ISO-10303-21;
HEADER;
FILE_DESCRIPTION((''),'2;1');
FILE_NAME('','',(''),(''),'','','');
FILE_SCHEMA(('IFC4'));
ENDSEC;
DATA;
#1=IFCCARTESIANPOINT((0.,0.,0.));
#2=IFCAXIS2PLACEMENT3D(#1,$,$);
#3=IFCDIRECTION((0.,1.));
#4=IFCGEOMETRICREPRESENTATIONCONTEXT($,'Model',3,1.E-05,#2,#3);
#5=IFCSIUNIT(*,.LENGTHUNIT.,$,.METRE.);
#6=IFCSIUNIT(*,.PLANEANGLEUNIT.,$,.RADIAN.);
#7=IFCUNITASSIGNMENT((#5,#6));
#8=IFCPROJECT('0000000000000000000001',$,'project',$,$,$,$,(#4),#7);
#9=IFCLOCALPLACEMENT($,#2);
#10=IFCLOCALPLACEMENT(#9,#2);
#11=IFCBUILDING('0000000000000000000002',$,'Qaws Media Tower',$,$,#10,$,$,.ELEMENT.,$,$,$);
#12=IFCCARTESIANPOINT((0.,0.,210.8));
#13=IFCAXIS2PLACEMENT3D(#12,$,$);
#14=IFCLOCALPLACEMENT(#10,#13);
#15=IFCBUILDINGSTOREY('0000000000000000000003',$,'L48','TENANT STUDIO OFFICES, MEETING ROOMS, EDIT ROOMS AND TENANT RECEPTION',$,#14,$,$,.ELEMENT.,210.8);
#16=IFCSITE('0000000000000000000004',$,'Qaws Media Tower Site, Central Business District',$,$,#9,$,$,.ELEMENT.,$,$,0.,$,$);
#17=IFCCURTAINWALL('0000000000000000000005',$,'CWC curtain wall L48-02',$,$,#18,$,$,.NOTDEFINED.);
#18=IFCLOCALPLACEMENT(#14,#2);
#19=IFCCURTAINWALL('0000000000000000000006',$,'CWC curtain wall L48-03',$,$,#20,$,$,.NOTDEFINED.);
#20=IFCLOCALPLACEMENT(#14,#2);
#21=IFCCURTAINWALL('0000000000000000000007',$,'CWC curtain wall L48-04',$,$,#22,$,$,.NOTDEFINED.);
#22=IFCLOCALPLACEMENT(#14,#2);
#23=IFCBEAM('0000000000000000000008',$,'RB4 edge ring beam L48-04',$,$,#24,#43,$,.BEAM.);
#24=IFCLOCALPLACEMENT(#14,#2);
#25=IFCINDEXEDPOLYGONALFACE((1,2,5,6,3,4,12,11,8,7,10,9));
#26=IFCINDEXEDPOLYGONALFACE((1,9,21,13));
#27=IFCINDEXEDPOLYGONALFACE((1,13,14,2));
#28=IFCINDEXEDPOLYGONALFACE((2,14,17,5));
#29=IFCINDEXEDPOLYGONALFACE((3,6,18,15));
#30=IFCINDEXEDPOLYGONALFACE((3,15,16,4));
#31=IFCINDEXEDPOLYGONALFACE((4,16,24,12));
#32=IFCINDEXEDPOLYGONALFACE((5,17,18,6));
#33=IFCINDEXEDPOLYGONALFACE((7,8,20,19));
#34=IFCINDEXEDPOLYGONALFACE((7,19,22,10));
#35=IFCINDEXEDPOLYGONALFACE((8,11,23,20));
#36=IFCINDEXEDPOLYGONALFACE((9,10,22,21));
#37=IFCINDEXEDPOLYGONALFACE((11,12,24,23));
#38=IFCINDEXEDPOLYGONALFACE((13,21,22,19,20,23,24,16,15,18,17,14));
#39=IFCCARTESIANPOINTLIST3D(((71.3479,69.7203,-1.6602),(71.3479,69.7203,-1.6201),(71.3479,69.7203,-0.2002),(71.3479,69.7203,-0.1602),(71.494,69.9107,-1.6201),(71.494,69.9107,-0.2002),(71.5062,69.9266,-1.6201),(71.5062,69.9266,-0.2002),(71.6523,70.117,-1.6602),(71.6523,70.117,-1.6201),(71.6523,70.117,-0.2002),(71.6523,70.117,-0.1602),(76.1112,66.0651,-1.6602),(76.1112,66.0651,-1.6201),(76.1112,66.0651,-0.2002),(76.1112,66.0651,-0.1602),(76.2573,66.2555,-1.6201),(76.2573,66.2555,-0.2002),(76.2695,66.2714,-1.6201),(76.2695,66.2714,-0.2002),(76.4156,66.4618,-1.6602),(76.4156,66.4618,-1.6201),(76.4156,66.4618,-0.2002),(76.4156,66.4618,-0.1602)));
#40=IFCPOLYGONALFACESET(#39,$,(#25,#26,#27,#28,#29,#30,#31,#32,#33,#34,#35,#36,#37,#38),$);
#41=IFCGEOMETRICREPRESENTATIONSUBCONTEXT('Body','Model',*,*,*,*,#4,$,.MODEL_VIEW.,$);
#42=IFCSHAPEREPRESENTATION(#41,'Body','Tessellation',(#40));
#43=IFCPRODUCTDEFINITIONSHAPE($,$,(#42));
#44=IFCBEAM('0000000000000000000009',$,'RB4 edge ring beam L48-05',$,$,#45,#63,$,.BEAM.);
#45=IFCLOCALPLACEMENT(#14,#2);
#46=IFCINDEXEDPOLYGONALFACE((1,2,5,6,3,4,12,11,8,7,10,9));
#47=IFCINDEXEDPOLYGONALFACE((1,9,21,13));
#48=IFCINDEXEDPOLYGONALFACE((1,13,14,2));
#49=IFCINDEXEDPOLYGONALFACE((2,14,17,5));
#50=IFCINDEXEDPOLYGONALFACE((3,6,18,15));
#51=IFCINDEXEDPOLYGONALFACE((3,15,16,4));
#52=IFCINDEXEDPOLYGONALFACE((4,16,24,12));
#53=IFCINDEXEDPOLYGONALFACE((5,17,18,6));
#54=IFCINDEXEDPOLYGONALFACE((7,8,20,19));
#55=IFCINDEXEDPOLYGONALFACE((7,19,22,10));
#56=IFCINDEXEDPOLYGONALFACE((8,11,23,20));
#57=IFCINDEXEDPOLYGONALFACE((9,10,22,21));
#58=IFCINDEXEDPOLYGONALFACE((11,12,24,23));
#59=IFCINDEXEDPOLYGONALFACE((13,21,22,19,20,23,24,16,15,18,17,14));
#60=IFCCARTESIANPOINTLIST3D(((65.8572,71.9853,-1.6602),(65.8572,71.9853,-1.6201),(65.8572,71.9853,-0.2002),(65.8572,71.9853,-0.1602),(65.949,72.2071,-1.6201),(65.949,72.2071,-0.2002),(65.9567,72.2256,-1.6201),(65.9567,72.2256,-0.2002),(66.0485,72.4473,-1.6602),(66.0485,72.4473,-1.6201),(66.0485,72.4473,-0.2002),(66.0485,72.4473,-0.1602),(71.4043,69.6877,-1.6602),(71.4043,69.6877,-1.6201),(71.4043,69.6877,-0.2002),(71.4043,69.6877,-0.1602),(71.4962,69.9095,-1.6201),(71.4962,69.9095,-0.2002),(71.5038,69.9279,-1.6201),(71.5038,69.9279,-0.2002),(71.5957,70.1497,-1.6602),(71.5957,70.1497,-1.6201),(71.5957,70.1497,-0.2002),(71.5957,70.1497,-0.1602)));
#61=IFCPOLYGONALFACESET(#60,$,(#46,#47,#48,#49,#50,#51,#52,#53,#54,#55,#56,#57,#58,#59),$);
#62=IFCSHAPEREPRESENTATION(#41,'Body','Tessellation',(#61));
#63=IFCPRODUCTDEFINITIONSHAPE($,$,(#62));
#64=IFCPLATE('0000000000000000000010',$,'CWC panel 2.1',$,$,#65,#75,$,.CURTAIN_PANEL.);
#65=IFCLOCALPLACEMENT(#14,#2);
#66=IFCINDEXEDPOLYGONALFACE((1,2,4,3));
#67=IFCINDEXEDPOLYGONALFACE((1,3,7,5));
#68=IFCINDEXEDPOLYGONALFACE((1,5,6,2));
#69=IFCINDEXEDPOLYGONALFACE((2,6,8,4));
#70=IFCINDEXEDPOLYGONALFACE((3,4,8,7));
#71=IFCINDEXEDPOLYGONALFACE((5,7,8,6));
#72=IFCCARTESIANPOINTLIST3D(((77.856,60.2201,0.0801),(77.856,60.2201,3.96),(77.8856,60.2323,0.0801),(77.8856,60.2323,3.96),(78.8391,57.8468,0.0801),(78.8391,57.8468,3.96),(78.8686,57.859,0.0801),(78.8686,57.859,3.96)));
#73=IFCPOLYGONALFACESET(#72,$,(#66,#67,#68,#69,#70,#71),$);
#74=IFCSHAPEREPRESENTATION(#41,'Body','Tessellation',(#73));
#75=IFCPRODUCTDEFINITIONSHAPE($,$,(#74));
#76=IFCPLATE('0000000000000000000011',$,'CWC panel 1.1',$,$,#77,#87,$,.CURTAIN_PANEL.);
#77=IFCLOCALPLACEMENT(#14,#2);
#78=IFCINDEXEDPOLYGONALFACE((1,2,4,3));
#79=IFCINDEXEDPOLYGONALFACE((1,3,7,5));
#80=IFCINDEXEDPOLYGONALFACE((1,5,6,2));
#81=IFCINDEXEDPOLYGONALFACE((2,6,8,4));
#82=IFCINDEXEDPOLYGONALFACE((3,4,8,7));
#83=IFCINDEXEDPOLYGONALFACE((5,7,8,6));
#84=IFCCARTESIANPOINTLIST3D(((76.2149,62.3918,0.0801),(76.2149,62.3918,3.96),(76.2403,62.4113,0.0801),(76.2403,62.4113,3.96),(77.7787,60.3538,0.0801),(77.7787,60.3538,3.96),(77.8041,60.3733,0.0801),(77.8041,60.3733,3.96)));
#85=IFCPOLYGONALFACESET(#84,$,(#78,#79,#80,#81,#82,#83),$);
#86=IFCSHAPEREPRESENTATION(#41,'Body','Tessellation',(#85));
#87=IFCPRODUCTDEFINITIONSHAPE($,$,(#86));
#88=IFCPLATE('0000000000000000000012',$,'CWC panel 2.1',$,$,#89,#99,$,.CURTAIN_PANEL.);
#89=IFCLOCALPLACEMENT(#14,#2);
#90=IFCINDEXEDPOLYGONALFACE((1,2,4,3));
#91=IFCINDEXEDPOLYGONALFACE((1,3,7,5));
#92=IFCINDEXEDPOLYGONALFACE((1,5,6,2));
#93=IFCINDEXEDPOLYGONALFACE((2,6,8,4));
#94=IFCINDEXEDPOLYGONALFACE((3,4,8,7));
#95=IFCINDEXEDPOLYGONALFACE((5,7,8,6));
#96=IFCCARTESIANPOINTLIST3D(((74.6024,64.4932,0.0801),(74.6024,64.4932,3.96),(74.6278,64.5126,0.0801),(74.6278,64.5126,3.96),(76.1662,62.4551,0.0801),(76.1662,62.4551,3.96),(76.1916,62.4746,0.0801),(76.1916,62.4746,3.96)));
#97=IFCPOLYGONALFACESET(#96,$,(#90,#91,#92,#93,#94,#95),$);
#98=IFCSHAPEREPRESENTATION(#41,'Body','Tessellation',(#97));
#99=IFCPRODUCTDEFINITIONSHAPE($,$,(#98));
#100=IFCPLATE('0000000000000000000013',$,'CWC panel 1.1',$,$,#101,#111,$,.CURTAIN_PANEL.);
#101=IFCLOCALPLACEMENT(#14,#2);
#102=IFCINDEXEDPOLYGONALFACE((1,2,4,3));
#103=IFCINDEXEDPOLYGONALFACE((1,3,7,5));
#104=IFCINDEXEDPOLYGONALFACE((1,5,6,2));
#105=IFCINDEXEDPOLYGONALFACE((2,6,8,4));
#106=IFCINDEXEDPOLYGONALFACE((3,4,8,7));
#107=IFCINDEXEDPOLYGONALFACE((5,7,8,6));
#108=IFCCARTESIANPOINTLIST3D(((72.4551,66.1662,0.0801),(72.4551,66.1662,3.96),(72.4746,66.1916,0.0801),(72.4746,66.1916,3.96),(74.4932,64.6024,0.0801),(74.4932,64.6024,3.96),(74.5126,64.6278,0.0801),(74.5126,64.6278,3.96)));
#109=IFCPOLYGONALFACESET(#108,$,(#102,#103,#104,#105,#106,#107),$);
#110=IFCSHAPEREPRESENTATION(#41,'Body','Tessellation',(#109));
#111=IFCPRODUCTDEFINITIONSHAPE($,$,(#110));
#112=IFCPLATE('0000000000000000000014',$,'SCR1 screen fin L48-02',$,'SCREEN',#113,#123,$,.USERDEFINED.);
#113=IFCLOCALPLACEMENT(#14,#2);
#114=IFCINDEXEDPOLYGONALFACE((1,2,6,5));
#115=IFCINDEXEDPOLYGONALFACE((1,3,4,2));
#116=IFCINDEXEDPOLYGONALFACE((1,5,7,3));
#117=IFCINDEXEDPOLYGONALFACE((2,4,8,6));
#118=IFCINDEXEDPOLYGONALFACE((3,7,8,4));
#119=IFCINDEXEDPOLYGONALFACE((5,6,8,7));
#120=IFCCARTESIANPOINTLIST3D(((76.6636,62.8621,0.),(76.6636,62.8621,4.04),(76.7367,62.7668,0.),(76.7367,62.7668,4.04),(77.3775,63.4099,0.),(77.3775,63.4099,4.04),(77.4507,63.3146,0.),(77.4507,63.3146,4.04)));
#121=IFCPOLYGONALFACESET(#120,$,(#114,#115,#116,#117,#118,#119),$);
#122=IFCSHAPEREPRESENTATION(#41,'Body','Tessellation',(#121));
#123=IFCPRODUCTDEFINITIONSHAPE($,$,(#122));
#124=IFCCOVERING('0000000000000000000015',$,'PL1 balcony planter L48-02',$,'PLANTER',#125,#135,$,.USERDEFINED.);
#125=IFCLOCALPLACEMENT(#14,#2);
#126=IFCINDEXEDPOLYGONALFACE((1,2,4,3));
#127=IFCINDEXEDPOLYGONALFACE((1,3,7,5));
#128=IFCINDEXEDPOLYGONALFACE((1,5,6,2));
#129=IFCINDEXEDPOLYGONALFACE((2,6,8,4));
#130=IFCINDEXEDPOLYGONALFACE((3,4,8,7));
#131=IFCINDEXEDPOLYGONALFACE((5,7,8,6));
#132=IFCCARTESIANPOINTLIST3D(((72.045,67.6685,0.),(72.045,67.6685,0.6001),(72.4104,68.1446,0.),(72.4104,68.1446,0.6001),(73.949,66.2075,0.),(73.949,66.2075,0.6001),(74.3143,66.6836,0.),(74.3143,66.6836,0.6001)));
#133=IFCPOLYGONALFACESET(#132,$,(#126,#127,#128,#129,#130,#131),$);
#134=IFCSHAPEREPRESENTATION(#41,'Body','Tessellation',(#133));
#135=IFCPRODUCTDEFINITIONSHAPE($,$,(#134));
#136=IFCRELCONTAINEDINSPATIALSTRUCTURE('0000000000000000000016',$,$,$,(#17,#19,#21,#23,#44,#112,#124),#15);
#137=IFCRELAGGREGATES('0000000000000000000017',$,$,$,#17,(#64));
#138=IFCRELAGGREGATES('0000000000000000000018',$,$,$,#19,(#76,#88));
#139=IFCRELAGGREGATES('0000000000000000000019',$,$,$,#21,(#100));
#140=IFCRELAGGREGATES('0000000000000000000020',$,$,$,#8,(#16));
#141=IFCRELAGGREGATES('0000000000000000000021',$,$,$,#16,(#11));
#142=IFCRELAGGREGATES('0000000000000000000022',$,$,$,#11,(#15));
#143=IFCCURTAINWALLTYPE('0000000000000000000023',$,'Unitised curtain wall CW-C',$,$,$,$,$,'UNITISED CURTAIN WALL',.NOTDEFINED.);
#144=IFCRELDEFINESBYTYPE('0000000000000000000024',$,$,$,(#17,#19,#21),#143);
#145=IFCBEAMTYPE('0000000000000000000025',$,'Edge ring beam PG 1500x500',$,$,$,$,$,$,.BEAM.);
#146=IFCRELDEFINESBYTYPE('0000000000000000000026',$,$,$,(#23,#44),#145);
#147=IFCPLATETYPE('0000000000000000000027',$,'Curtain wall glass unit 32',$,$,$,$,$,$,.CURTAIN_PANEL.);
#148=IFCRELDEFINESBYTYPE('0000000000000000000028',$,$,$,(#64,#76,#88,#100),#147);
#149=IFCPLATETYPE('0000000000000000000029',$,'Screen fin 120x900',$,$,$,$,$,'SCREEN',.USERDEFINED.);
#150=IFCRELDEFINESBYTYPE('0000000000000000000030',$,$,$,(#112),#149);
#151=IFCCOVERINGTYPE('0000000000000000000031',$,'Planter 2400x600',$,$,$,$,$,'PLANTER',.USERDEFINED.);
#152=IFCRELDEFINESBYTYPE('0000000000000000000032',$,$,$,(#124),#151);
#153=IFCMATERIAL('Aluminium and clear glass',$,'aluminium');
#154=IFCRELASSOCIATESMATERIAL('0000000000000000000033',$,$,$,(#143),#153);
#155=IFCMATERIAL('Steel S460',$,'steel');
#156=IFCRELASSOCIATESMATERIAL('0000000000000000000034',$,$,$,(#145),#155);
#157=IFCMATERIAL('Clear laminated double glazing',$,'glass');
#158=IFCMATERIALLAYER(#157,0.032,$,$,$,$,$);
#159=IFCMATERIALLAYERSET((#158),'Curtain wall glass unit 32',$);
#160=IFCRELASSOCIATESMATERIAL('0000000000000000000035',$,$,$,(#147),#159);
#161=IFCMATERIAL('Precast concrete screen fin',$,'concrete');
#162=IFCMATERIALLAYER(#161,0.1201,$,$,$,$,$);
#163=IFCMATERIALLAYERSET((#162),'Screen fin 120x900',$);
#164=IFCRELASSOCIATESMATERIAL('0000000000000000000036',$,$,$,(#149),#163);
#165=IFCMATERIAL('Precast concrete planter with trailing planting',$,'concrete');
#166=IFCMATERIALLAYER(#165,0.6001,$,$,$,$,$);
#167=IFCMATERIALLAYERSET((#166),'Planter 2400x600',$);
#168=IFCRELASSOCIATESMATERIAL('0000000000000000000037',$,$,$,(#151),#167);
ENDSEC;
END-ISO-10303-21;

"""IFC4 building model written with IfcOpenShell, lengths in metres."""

from ifc_helpers import new_model, si_unit, direction, frame, origin, origin_2d, place, context, subcontext, project, spatial, rectangle, i_section, extrude, material, layer, layer_set, material_profile, profile_set, type_object, element, aggregate, save


model = new_model("IFC4")

# Units and contexts
model_context = context("Model", 3, precision=1e-05, world=origin(), true_north=direction((0.0, 1.0)))
body_context = subcontext(model_context, "Body", "Model", "MODEL_VIEW")
ifc_project = project(units=[si_unit("LENGTHUNIT", "METRE"), si_unit("PLANEANGLEUNIT", "RADIAN")], contexts=[model_context])

# Site, building, storey
site_placement = place(None, origin())
site = spatial("IfcSite", under=ifc_project, at=site_placement, Name="Qaws Media Tower Site, Central Business District", CompositionType="ELEMENT", RefElevation=0.0)
building_placement = place(site_placement, origin())
building = spatial("IfcBuilding", under=site, at=building_placement, Name="Qaws Media Tower", CompositionType="ELEMENT")
storey_placement = place(building_placement, frame((0.0, 0.0, 210.8)))
storey = spatial("IfcBuildingStorey", under=building, at=storey_placement, Name="L48", Description="TENANT STUDIO OFFICES, MEETING ROOMS, EDIT ROOMS AND TENANT RECEPTION", CompositionType="ELEMENT", Elevation=210.8)

# Curtain wall
ifc_material_1 = material(Name="Aluminium and clear glass", Category="aluminium")
curtain_wall_type = type_object("IfcCurtainWallType", Name="Unitised curtain wall CW-C", ElementType="UNITISED CURTAIN WALL", PredefinedType="NOTDEFINED", material=ifc_material_1)
curtain_wall_1_placement = place(storey_placement, origin())
curtain_wall_1 = element("IfcCurtainWall", 1, at=curtain_wall_1_placement, inside=storey, type_object=curtain_wall_type, Name="CWC curtain wall L48-02", PredefinedType="NOTDEFINED")

# Curtain walls
curtain_wall_2_placement = place(storey_placement, origin())
curtain_wall_2 = element("IfcCurtainWall", 2, at=curtain_wall_2_placement, inside=storey, type_object=curtain_wall_type, Name="CWC curtain wall L48-03", PredefinedType="NOTDEFINED")
curtain_wall_3_placement = place(storey_placement, origin())
curtain_wall_3 = element("IfcCurtainWall", 3, at=curtain_wall_3_placement, inside=storey, type_object=curtain_wall_type, Name="CWC curtain wall L48-04", PredefinedType="NOTDEFINED")

# Beams
ifc_material_2 = material(Name="Steel S460", Category="steel")
ifc_material_profile_1 = material_profile(ifc_material_2, i_section(OverallWidth=0.5, OverallDepth=1.5, WebThickness=0.02, FlangeThickness=0.04, at=origin_2d()), Name="PG 1500x500")
ifc_profile_set_1 = profile_set([ifc_material_profile_1], Name="Steel S460")
beam_type = type_object("IfcBeamType", Name="Edge ring beam PG 1500x500", PredefinedType="BEAM", material=ifc_profile_set_1)
for number, where, z_axis, x_axis, name in (
    (4, (76.2634, 66.2634, -0.9102), (-0.79334, 0.608779, 0.0), (-0.608779, -0.79334, 0.0), "RB4 edge ring beam L48-04"),
    (5, (71.5, 69.9187, -0.9102), (-0.923885, 0.382671, 0.0), (-0.382671, -0.923885, 0.0), "RB4 edge ring beam L48-05"),
):
    element("IfcBeam", number, at=place(storey_placement, frame(where, z_axis=z_axis, x_axis=x_axis)), inside=storey, type_object=beam_type, Name=name, PredefinedType="BEAM", context=body_context, shape_type="SweptSolid", body=[
        extrude(i_section(OverallWidth=0.5, OverallDepth=1.5, WebThickness=0.02, FlangeThickness=0.04, at=origin_2d()), origin(), (0.0, 0.0, 1.0), 6.0042),
    ])

# Plates
ifc_material_3 = material(Name="Clear laminated double glazing", Category="glass")
ifc_layer_1 = layer(ifc_material_3, 0.032)
ifc_layer_set_1 = layer_set([ifc_layer_1], Name="Curtain wall glass unit 32")
plate_type_1 = type_object("IfcPlateType", Name="Curtain wall glass unit 32", PredefinedType="CURTAIN_PANEL", material=ifc_layer_set_1)
plate_1_placement = place(storey_placement, frame((78.3623, 59.0396, 0.0801), z_axis=(0.0, 0.0, 1.0), x_axis=(-0.382683, 0.92388, 0.0)))
plate_1 = element("IfcPlate", 6, at=plate_1_placement, type_object=plate_type_1, Name="CWC panel 2.1", PredefinedType="CURTAIN_PANEL", context=body_context, shape_type="SweptSolid", body=[
    extrude(rectangle(XDim=2.5688, YDim=0.032, at=origin_2d()), origin(), (0.0, 0.0, 1.0), 3.8799),
])
aggregate(curtain_wall_1, [plate_1])
plate_2_placement = place(storey_placement, frame((77.0095, 61.3826, 0.0801), z_axis=(0.0, 0.0, 1.0), x_axis=(-0.608761, 0.793353, 0.0)))
plate_2 = element("IfcPlate", 7, at=plate_2_placement, type_object=plate_type_1, Name="CWC panel 1.1", PredefinedType="CURTAIN_PANEL", context=body_context, shape_type="SweptSolid", body=[
    extrude(rectangle(XDim=2.5688, YDim=0.032, at=origin_2d()), origin(), (0.0, 0.0, 1.0), 3.8799),
])
plate_3_placement = place(storey_placement, frame((75.397, 63.4839, 0.0801), z_axis=(0.0, 0.0, 1.0), x_axis=(-0.608761, 0.793353, 0.0)))
plate_3 = element("IfcPlate", 8, at=plate_3_placement, type_object=plate_type_1, Name="CWC panel 2.1", PredefinedType="CURTAIN_PANEL", context=body_context, shape_type="SweptSolid", body=[
    extrude(rectangle(XDim=2.5688, YDim=0.032, at=origin_2d()), origin(), (0.0, 0.0, 1.0), 3.8799),
])
aggregate(curtain_wall_2, [plate_2, plate_3])
plate_4_placement = place(storey_placement, frame((73.4839, 65.397, 0.0801), z_axis=(0.0, 0.0, 1.0), x_axis=(-0.793353, 0.608761, 0.0)))
plate_4 = element("IfcPlate", 9, at=plate_4_placement, type_object=plate_type_1, Name="CWC panel 1.1", PredefinedType="CURTAIN_PANEL", context=body_context, shape_type="SweptSolid", body=[
    extrude(rectangle(XDim=2.5688, YDim=0.032, at=origin_2d()), origin(), (0.0, 0.0, 1.0), 3.8799),
])
aggregate(curtain_wall_3, [plate_4])
ifc_material_4 = material(Name="Precast concrete screen fin", Category="concrete")
ifc_layer_2 = layer(ifc_material_4, 0.1201)
ifc_layer_set_2 = layer_set([ifc_layer_2], Name="Screen fin 120x900")
plate_type_2 = type_object("IfcPlateType", Name="Screen fin 120x900", ElementType="SCREEN", PredefinedType="USERDEFINED", material=ifc_layer_set_2)
plate_5_placement = place(storey_placement, frame((77.0571, 63.0884, 0.0), z_axis=(0.0, 0.0, 1.0), x_axis=(0.793353, 0.608761, 0.0)))
element("IfcPlate", 10, at=plate_5_placement, inside=storey, type_object=plate_type_2, Name="SCR1 screen fin L48-02", ObjectType="SCREEN", PredefinedType="USERDEFINED", context=body_context, shape_type="SweptSolid", body=[
    extrude(rectangle(XDim=0.8999, YDim=0.1201, at=origin_2d()), origin(), (0.0, 0.0, 1.0), 4.04),
])

# Covering
ifc_material_5 = material(Name="Precast concrete planter with trailing planting", Category="concrete")
ifc_layer_3 = layer(ifc_material_5, 0.6001)
ifc_layer_set_3 = layer_set([ifc_layer_3], Name="Planter 2400x600")
covering_type = type_object("IfcCoveringType", Name="Planter 2400x600", ElementType="PLANTER", PredefinedType="USERDEFINED", material=ifc_layer_set_3)
covering_placement = place(storey_placement, frame((73.1797, 67.176, 0.0), z_axis=(0.0, 0.0, 1.0), x_axis=(-0.793353, 0.608761, 0.0)))
element("IfcCovering", 11, at=covering_placement, inside=storey, type_object=covering_type, Name="PL1 balcony planter L48-02", ObjectType="PLANTER", PredefinedType="USERDEFINED", context=body_context, shape_type="SweptSolid", body=[
    extrude(rectangle(XDim=2.3999, YDim=0.6001, at=origin_2d()), origin(), (0.0, 0.0, 1.0), 0.6001),
])

save(model, "model.ifc")
